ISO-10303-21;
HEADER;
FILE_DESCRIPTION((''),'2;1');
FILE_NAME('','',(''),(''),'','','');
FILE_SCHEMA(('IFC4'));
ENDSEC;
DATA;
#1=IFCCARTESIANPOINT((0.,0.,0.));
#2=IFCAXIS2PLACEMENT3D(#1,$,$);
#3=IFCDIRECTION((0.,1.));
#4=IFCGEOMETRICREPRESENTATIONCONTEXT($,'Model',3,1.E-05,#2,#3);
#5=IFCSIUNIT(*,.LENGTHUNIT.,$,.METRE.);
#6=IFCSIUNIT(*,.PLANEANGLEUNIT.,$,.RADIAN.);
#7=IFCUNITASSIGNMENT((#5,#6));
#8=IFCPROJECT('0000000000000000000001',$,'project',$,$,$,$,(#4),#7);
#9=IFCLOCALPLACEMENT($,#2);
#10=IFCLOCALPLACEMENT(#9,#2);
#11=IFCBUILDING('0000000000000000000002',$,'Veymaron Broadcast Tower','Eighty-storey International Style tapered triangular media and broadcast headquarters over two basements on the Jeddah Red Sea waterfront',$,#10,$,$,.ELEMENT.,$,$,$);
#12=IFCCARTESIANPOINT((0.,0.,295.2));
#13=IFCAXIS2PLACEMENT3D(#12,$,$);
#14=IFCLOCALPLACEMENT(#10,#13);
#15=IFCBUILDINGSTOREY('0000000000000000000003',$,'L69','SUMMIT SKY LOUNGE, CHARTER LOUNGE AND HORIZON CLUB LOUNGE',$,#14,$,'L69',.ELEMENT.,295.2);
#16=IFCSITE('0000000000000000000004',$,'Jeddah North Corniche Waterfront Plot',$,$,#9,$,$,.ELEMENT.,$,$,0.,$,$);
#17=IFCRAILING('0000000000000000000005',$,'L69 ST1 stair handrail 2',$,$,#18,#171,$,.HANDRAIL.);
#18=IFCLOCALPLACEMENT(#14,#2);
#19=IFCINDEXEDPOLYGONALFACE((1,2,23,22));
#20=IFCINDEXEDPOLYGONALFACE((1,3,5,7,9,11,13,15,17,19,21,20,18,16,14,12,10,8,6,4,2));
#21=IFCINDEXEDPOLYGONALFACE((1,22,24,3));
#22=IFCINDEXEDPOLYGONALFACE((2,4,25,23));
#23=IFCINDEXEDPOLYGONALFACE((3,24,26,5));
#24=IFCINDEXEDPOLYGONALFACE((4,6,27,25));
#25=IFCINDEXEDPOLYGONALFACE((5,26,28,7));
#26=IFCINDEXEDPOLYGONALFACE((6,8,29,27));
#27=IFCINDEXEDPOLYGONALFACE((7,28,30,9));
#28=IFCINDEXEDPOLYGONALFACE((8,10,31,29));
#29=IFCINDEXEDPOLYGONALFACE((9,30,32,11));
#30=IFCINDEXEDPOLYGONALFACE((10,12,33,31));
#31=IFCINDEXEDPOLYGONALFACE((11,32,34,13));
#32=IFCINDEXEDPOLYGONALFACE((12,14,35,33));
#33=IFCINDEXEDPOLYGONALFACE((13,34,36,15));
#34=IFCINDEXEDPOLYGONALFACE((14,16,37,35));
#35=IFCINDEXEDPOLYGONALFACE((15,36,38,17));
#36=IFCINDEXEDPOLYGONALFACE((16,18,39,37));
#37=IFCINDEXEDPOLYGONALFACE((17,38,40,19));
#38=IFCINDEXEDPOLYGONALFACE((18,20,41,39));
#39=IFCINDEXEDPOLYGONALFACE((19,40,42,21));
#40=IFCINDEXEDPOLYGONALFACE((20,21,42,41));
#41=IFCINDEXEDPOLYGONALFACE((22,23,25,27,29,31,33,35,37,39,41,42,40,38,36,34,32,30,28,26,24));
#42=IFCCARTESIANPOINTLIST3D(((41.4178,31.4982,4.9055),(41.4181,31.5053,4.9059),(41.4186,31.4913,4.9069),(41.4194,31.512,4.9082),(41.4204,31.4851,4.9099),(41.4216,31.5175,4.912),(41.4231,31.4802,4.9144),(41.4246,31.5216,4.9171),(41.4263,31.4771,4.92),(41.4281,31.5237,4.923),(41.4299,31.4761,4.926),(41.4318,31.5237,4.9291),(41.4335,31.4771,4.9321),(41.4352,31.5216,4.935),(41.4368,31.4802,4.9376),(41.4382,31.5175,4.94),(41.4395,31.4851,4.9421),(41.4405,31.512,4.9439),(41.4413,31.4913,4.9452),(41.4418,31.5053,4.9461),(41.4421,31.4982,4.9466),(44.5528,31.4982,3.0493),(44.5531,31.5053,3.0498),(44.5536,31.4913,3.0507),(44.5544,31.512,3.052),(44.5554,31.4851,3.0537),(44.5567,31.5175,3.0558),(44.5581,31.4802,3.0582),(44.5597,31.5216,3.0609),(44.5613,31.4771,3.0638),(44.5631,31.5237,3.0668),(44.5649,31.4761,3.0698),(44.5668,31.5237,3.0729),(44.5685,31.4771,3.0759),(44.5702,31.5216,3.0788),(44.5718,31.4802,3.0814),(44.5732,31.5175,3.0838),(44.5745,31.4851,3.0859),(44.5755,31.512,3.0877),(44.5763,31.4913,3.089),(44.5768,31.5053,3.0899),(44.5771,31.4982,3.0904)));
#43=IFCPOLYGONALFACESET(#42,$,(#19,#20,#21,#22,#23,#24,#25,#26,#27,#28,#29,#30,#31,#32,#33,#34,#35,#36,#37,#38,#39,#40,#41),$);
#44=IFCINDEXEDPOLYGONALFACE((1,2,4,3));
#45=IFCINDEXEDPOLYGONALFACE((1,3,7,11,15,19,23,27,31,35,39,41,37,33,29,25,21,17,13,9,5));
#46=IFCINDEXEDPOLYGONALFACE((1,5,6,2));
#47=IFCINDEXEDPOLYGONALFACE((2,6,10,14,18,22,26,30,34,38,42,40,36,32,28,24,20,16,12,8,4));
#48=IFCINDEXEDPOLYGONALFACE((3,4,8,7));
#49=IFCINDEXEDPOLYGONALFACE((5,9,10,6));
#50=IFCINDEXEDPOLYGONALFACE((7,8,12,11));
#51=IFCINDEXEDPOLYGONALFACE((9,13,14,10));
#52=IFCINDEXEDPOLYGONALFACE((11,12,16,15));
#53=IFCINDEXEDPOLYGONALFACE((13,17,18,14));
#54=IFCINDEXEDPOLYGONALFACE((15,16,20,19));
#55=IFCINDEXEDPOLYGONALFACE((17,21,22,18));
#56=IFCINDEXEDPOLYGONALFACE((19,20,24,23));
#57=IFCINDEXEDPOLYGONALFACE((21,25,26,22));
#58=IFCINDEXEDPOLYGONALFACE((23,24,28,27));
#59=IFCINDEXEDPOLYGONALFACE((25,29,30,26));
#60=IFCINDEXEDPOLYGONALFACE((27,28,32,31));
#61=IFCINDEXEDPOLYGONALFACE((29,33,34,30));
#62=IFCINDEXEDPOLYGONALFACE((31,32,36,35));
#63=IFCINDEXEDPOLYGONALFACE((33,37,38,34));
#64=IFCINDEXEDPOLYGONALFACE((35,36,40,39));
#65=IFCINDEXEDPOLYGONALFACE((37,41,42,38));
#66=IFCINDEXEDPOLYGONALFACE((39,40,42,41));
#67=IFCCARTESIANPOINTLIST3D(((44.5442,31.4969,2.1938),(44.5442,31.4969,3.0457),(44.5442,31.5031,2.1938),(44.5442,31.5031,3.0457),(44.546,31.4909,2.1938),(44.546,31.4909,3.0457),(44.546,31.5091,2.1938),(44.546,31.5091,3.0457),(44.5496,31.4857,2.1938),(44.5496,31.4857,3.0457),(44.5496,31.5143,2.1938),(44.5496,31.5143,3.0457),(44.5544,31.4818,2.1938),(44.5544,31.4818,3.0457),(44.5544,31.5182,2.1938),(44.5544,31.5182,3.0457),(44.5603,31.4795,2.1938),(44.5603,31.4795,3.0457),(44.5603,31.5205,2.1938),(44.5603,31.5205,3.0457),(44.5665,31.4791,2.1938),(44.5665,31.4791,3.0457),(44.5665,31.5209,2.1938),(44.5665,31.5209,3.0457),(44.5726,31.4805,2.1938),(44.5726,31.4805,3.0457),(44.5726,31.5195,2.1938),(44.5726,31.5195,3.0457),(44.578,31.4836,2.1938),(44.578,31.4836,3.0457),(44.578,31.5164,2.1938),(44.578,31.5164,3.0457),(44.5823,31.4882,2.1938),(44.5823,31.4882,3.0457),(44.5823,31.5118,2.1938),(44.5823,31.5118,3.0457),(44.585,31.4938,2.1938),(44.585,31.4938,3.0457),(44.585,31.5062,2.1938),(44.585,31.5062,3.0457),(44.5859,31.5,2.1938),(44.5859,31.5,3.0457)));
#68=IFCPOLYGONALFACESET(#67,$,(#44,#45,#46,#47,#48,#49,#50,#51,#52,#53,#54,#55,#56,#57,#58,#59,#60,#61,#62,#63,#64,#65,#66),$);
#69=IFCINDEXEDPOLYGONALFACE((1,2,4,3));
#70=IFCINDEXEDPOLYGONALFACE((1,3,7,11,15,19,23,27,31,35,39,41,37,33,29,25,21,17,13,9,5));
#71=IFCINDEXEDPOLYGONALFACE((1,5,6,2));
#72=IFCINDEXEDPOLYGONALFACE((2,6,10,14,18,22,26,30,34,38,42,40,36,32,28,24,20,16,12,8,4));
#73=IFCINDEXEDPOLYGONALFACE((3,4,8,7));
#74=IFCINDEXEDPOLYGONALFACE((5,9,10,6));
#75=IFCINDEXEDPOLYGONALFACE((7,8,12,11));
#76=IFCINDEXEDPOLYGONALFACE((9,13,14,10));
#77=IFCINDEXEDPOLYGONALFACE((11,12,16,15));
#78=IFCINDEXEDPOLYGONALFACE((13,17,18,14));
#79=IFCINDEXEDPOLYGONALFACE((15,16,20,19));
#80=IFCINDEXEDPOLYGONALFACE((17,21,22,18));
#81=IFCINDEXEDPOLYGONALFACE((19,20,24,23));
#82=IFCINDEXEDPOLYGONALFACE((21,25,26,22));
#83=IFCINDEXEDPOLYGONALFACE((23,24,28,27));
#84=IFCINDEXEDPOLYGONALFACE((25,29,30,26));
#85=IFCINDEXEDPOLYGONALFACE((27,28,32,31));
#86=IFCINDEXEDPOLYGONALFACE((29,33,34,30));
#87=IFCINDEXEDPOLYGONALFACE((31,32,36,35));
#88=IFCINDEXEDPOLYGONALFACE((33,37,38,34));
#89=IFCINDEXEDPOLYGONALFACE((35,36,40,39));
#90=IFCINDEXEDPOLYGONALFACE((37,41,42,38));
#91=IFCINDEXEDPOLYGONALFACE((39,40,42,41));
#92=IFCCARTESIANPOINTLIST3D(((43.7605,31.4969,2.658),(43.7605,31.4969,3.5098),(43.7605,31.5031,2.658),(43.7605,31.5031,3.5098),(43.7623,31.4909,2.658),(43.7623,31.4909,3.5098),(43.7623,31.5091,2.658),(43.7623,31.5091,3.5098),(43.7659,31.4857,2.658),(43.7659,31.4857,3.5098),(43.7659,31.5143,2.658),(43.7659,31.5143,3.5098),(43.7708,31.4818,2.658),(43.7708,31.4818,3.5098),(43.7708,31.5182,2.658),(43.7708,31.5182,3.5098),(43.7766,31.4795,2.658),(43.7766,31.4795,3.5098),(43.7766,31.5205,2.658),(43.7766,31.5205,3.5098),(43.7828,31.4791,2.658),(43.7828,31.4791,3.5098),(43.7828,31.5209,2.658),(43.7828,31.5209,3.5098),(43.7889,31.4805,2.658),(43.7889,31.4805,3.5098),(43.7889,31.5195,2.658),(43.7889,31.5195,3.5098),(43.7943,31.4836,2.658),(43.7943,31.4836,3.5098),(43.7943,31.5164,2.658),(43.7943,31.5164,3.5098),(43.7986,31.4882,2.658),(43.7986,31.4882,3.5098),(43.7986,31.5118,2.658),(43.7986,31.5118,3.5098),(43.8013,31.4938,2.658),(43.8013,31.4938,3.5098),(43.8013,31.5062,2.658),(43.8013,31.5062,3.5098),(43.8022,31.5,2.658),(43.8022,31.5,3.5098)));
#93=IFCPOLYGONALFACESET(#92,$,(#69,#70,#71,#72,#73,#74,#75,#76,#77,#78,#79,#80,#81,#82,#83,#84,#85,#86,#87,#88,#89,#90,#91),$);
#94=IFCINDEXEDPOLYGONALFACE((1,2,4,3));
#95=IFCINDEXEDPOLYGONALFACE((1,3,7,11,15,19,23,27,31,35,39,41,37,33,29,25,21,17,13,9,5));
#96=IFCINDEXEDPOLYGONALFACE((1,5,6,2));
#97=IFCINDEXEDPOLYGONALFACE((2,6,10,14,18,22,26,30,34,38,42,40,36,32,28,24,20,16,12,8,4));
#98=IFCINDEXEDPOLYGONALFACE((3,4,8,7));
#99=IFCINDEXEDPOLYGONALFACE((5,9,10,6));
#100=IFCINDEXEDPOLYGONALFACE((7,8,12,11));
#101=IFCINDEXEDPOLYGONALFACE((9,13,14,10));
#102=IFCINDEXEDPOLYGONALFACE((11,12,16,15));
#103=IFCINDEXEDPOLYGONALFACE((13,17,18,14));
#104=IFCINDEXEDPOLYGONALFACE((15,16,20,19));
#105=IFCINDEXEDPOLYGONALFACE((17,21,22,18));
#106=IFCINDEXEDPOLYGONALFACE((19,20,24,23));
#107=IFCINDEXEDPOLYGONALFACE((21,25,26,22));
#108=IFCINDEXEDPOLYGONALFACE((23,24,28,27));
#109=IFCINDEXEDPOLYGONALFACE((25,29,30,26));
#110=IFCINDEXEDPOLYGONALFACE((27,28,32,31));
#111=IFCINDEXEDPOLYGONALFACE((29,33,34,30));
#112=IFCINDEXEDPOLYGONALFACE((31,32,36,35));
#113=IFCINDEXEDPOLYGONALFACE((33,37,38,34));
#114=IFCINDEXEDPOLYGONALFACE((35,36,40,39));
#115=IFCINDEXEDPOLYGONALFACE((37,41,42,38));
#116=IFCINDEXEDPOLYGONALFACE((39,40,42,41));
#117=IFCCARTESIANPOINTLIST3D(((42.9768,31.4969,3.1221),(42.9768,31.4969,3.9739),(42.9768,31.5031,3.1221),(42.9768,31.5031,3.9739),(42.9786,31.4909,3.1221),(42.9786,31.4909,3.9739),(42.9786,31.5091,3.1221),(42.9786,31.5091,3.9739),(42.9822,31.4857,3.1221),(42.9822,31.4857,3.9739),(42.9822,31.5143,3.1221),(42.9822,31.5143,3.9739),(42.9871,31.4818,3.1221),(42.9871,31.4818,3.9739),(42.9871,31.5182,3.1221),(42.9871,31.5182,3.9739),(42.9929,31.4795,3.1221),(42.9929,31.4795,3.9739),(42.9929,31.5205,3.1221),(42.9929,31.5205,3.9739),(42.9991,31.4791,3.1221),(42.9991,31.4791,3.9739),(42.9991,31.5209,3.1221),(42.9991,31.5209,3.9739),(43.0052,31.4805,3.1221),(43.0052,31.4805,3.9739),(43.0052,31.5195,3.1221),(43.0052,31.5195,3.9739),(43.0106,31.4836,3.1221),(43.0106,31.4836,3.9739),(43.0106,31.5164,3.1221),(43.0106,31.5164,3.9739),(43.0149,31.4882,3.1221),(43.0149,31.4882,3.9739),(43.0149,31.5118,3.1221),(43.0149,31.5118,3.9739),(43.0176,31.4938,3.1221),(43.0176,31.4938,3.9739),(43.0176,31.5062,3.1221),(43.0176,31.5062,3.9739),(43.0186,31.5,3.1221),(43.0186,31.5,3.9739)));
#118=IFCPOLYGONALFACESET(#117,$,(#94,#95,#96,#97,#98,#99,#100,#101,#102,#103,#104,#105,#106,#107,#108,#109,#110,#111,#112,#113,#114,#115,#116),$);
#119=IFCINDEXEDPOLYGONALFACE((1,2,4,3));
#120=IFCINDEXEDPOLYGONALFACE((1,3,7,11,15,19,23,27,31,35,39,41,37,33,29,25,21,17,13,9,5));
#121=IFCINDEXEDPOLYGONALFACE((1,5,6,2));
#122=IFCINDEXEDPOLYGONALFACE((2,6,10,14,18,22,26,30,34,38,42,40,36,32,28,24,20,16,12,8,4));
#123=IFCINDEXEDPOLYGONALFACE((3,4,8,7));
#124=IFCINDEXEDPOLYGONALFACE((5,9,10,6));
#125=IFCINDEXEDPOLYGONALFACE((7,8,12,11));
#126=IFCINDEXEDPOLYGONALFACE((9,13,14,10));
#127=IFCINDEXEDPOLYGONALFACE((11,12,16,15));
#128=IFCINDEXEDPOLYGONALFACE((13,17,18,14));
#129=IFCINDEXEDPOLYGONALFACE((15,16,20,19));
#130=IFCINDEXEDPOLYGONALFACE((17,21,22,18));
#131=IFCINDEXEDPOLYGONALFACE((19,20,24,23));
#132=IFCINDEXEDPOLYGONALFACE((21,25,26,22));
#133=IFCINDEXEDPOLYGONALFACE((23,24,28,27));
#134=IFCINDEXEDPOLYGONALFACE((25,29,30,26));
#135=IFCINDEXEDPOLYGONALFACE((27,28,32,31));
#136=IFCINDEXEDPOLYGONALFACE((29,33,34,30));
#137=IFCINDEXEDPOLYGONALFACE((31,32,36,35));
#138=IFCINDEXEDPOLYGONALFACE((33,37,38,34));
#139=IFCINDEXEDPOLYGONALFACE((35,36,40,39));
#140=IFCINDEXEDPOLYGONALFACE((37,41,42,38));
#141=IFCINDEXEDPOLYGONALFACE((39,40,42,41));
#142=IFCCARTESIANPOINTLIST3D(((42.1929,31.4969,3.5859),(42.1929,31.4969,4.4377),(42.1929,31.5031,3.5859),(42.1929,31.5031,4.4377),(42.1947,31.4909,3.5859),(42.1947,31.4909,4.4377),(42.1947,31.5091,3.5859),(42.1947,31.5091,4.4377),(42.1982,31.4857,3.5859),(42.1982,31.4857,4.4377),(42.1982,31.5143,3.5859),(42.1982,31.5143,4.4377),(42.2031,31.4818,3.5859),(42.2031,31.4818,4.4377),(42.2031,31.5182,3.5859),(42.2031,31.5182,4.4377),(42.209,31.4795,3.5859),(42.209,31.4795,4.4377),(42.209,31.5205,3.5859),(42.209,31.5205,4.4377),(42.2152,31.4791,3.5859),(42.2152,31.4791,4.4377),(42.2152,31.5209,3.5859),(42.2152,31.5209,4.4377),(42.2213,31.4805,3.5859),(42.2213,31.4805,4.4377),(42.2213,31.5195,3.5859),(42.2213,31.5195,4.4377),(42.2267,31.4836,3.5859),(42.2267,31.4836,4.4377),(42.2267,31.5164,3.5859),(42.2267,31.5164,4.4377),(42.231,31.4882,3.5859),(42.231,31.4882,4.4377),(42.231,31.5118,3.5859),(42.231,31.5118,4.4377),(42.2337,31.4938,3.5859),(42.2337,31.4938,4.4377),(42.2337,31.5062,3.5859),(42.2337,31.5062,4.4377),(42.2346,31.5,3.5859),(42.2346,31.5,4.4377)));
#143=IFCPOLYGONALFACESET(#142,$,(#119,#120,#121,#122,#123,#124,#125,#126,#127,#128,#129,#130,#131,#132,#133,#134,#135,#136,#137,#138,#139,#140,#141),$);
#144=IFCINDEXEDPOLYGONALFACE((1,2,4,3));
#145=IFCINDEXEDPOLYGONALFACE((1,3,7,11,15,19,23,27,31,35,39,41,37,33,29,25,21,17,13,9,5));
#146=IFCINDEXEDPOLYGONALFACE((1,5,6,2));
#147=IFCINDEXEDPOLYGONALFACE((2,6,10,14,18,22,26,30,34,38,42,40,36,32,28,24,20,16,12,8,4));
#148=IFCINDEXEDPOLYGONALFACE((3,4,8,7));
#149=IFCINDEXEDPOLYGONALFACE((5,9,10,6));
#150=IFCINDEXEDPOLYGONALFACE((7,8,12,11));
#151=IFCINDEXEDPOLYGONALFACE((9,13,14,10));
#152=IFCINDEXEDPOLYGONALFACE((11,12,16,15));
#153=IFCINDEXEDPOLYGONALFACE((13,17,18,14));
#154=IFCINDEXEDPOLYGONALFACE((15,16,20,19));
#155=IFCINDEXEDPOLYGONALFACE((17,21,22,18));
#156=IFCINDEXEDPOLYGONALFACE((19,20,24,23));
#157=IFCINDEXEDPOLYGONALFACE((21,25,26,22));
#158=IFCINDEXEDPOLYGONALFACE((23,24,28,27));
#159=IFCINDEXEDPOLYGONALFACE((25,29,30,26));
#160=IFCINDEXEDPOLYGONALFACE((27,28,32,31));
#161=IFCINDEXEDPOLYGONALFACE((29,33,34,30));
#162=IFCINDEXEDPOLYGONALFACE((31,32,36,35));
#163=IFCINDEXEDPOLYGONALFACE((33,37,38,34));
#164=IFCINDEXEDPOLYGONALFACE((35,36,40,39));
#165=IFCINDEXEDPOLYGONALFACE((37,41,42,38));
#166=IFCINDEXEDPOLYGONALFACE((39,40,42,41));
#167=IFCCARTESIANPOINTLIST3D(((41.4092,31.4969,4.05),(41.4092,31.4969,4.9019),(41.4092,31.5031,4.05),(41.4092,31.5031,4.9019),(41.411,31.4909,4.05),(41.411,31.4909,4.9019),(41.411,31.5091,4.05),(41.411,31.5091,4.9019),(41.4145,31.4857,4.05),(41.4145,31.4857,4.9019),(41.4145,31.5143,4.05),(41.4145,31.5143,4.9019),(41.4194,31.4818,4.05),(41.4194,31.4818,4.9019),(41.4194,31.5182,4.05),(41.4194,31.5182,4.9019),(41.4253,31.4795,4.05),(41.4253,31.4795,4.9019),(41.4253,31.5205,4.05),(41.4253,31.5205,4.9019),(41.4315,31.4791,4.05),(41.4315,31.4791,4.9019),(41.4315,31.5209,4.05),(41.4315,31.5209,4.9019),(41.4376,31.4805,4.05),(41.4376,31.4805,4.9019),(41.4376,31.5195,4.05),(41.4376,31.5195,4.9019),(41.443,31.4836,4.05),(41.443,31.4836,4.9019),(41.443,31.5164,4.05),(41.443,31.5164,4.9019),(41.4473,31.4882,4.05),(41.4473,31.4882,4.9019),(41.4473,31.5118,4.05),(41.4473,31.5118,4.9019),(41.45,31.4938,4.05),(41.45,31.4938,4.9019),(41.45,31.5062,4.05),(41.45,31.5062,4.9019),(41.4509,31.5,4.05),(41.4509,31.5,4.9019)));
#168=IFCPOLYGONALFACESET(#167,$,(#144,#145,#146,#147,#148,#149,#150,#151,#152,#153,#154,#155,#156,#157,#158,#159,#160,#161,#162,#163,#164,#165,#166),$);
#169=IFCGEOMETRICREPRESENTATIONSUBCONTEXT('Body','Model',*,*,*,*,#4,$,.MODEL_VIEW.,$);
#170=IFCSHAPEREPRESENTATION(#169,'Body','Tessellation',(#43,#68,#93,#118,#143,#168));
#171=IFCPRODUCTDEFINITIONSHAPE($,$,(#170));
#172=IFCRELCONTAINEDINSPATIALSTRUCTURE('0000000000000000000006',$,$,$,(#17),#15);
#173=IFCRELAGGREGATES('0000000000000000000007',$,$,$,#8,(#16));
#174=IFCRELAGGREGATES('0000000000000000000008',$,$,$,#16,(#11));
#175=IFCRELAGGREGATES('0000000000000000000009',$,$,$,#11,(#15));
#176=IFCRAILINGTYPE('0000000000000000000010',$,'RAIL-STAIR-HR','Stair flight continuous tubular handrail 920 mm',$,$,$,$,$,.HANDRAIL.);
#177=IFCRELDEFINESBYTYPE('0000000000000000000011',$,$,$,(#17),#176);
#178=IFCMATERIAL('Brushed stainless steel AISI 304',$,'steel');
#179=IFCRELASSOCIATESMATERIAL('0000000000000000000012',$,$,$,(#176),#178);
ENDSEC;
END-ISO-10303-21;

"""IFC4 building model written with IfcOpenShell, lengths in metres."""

from ifc_helpers import new_model, si_unit, direction, frame, origin, origin_2d, place, context, subcontext, project, spatial, circle, extrude, material, type_object, element, save


model = new_model("IFC4")

# Units and contexts
model_context = context("Model", 3, precision=1e-05, world=origin(), true_north=direction((0.0, 1.0)))
body_context = subcontext(model_context, "Body", "Model", "MODEL_VIEW")
ifc_project = project(units=[si_unit("LENGTHUNIT", "METRE"), si_unit("PLANEANGLEUNIT", "RADIAN")], contexts=[model_context])

# Site, building, storey
site_placement = place(None, origin())
site = spatial("IfcSite", under=ifc_project, at=site_placement, Name="Jeddah North Corniche Waterfront Plot", CompositionType="ELEMENT", RefElevation=0.0)
building_placement = place(site_placement, origin())
building = spatial("IfcBuilding", under=site, at=building_placement, Name="Veymaron Broadcast Tower", Description="Eighty-storey International Style tapered triangular media and broadcast headquarters over two basements on the Jeddah Red Sea waterfront", CompositionType="ELEMENT")
storey_placement = place(building_placement, frame((0.0, 0.0, 295.2)))
storey = spatial("IfcBuildingStorey", under=building, at=storey_placement, Name="L69", Description="SUMMIT SKY LOUNGE, CHARTER LOUNGE AND HORIZON CLUB LOUNGE", LongName="L69", CompositionType="ELEMENT", Elevation=295.2)

# Shared definitions
ifc_material_1 = material(Name="Brushed stainless steel AISI 304", Category="steel")

# Railing
railing_type_1 = type_object("IfcRailingType", Name="RAIL-STAIR-HR", Description="Stair flight continuous tubular handrail 920 mm", PredefinedType="HANDRAIL", material=ifc_material_1)
railing_1_placement = place(storey_placement, frame((44.5649, 31.5, 2.1938)))
element("IfcRailing", 1, at=railing_1_placement, inside=storey, type_object=railing_type_1, Name="L69 ST1 stair handrail 2", PredefinedType="HANDRAIL", context=body_context, shape_type="SweptSolid", body=[
    extrude(circle(Radius=0.0239, at=origin_2d()), frame((0.0, 0.0, 0.876), z_axis=(-0.860482, 0.0, 0.509481), x_axis=(0.0, -1.0, 0.0)), (0.0, 0.0, 1.0), 3.6433),
    extrude(circle(Radius=0.021, at=origin_2d()), origin(), (0.0, 0.0, 1.0), 0.8518),
    extrude(circle(Radius=0.021, at=origin_2d()), frame((-0.7837, 0.0, 0.4641)), (0.0, 0.0, 1.0), 0.8518),
    extrude(circle(Radius=0.021, at=origin_2d()), frame((-1.5674, 0.0, 0.9282)), (0.0, 0.0, 1.0), 0.8518),
    extrude(circle(Radius=0.021, at=origin_2d()), frame((-2.3513, 0.0, 1.3921)), (0.0, 0.0, 1.0), 0.8518),
    extrude(circle(Radius=0.021, at=origin_2d()), frame((-3.135, 0.0, 1.8562)), (0.0, 0.0, 1.0), 0.8518),
])

save(model, "model.ifc")
